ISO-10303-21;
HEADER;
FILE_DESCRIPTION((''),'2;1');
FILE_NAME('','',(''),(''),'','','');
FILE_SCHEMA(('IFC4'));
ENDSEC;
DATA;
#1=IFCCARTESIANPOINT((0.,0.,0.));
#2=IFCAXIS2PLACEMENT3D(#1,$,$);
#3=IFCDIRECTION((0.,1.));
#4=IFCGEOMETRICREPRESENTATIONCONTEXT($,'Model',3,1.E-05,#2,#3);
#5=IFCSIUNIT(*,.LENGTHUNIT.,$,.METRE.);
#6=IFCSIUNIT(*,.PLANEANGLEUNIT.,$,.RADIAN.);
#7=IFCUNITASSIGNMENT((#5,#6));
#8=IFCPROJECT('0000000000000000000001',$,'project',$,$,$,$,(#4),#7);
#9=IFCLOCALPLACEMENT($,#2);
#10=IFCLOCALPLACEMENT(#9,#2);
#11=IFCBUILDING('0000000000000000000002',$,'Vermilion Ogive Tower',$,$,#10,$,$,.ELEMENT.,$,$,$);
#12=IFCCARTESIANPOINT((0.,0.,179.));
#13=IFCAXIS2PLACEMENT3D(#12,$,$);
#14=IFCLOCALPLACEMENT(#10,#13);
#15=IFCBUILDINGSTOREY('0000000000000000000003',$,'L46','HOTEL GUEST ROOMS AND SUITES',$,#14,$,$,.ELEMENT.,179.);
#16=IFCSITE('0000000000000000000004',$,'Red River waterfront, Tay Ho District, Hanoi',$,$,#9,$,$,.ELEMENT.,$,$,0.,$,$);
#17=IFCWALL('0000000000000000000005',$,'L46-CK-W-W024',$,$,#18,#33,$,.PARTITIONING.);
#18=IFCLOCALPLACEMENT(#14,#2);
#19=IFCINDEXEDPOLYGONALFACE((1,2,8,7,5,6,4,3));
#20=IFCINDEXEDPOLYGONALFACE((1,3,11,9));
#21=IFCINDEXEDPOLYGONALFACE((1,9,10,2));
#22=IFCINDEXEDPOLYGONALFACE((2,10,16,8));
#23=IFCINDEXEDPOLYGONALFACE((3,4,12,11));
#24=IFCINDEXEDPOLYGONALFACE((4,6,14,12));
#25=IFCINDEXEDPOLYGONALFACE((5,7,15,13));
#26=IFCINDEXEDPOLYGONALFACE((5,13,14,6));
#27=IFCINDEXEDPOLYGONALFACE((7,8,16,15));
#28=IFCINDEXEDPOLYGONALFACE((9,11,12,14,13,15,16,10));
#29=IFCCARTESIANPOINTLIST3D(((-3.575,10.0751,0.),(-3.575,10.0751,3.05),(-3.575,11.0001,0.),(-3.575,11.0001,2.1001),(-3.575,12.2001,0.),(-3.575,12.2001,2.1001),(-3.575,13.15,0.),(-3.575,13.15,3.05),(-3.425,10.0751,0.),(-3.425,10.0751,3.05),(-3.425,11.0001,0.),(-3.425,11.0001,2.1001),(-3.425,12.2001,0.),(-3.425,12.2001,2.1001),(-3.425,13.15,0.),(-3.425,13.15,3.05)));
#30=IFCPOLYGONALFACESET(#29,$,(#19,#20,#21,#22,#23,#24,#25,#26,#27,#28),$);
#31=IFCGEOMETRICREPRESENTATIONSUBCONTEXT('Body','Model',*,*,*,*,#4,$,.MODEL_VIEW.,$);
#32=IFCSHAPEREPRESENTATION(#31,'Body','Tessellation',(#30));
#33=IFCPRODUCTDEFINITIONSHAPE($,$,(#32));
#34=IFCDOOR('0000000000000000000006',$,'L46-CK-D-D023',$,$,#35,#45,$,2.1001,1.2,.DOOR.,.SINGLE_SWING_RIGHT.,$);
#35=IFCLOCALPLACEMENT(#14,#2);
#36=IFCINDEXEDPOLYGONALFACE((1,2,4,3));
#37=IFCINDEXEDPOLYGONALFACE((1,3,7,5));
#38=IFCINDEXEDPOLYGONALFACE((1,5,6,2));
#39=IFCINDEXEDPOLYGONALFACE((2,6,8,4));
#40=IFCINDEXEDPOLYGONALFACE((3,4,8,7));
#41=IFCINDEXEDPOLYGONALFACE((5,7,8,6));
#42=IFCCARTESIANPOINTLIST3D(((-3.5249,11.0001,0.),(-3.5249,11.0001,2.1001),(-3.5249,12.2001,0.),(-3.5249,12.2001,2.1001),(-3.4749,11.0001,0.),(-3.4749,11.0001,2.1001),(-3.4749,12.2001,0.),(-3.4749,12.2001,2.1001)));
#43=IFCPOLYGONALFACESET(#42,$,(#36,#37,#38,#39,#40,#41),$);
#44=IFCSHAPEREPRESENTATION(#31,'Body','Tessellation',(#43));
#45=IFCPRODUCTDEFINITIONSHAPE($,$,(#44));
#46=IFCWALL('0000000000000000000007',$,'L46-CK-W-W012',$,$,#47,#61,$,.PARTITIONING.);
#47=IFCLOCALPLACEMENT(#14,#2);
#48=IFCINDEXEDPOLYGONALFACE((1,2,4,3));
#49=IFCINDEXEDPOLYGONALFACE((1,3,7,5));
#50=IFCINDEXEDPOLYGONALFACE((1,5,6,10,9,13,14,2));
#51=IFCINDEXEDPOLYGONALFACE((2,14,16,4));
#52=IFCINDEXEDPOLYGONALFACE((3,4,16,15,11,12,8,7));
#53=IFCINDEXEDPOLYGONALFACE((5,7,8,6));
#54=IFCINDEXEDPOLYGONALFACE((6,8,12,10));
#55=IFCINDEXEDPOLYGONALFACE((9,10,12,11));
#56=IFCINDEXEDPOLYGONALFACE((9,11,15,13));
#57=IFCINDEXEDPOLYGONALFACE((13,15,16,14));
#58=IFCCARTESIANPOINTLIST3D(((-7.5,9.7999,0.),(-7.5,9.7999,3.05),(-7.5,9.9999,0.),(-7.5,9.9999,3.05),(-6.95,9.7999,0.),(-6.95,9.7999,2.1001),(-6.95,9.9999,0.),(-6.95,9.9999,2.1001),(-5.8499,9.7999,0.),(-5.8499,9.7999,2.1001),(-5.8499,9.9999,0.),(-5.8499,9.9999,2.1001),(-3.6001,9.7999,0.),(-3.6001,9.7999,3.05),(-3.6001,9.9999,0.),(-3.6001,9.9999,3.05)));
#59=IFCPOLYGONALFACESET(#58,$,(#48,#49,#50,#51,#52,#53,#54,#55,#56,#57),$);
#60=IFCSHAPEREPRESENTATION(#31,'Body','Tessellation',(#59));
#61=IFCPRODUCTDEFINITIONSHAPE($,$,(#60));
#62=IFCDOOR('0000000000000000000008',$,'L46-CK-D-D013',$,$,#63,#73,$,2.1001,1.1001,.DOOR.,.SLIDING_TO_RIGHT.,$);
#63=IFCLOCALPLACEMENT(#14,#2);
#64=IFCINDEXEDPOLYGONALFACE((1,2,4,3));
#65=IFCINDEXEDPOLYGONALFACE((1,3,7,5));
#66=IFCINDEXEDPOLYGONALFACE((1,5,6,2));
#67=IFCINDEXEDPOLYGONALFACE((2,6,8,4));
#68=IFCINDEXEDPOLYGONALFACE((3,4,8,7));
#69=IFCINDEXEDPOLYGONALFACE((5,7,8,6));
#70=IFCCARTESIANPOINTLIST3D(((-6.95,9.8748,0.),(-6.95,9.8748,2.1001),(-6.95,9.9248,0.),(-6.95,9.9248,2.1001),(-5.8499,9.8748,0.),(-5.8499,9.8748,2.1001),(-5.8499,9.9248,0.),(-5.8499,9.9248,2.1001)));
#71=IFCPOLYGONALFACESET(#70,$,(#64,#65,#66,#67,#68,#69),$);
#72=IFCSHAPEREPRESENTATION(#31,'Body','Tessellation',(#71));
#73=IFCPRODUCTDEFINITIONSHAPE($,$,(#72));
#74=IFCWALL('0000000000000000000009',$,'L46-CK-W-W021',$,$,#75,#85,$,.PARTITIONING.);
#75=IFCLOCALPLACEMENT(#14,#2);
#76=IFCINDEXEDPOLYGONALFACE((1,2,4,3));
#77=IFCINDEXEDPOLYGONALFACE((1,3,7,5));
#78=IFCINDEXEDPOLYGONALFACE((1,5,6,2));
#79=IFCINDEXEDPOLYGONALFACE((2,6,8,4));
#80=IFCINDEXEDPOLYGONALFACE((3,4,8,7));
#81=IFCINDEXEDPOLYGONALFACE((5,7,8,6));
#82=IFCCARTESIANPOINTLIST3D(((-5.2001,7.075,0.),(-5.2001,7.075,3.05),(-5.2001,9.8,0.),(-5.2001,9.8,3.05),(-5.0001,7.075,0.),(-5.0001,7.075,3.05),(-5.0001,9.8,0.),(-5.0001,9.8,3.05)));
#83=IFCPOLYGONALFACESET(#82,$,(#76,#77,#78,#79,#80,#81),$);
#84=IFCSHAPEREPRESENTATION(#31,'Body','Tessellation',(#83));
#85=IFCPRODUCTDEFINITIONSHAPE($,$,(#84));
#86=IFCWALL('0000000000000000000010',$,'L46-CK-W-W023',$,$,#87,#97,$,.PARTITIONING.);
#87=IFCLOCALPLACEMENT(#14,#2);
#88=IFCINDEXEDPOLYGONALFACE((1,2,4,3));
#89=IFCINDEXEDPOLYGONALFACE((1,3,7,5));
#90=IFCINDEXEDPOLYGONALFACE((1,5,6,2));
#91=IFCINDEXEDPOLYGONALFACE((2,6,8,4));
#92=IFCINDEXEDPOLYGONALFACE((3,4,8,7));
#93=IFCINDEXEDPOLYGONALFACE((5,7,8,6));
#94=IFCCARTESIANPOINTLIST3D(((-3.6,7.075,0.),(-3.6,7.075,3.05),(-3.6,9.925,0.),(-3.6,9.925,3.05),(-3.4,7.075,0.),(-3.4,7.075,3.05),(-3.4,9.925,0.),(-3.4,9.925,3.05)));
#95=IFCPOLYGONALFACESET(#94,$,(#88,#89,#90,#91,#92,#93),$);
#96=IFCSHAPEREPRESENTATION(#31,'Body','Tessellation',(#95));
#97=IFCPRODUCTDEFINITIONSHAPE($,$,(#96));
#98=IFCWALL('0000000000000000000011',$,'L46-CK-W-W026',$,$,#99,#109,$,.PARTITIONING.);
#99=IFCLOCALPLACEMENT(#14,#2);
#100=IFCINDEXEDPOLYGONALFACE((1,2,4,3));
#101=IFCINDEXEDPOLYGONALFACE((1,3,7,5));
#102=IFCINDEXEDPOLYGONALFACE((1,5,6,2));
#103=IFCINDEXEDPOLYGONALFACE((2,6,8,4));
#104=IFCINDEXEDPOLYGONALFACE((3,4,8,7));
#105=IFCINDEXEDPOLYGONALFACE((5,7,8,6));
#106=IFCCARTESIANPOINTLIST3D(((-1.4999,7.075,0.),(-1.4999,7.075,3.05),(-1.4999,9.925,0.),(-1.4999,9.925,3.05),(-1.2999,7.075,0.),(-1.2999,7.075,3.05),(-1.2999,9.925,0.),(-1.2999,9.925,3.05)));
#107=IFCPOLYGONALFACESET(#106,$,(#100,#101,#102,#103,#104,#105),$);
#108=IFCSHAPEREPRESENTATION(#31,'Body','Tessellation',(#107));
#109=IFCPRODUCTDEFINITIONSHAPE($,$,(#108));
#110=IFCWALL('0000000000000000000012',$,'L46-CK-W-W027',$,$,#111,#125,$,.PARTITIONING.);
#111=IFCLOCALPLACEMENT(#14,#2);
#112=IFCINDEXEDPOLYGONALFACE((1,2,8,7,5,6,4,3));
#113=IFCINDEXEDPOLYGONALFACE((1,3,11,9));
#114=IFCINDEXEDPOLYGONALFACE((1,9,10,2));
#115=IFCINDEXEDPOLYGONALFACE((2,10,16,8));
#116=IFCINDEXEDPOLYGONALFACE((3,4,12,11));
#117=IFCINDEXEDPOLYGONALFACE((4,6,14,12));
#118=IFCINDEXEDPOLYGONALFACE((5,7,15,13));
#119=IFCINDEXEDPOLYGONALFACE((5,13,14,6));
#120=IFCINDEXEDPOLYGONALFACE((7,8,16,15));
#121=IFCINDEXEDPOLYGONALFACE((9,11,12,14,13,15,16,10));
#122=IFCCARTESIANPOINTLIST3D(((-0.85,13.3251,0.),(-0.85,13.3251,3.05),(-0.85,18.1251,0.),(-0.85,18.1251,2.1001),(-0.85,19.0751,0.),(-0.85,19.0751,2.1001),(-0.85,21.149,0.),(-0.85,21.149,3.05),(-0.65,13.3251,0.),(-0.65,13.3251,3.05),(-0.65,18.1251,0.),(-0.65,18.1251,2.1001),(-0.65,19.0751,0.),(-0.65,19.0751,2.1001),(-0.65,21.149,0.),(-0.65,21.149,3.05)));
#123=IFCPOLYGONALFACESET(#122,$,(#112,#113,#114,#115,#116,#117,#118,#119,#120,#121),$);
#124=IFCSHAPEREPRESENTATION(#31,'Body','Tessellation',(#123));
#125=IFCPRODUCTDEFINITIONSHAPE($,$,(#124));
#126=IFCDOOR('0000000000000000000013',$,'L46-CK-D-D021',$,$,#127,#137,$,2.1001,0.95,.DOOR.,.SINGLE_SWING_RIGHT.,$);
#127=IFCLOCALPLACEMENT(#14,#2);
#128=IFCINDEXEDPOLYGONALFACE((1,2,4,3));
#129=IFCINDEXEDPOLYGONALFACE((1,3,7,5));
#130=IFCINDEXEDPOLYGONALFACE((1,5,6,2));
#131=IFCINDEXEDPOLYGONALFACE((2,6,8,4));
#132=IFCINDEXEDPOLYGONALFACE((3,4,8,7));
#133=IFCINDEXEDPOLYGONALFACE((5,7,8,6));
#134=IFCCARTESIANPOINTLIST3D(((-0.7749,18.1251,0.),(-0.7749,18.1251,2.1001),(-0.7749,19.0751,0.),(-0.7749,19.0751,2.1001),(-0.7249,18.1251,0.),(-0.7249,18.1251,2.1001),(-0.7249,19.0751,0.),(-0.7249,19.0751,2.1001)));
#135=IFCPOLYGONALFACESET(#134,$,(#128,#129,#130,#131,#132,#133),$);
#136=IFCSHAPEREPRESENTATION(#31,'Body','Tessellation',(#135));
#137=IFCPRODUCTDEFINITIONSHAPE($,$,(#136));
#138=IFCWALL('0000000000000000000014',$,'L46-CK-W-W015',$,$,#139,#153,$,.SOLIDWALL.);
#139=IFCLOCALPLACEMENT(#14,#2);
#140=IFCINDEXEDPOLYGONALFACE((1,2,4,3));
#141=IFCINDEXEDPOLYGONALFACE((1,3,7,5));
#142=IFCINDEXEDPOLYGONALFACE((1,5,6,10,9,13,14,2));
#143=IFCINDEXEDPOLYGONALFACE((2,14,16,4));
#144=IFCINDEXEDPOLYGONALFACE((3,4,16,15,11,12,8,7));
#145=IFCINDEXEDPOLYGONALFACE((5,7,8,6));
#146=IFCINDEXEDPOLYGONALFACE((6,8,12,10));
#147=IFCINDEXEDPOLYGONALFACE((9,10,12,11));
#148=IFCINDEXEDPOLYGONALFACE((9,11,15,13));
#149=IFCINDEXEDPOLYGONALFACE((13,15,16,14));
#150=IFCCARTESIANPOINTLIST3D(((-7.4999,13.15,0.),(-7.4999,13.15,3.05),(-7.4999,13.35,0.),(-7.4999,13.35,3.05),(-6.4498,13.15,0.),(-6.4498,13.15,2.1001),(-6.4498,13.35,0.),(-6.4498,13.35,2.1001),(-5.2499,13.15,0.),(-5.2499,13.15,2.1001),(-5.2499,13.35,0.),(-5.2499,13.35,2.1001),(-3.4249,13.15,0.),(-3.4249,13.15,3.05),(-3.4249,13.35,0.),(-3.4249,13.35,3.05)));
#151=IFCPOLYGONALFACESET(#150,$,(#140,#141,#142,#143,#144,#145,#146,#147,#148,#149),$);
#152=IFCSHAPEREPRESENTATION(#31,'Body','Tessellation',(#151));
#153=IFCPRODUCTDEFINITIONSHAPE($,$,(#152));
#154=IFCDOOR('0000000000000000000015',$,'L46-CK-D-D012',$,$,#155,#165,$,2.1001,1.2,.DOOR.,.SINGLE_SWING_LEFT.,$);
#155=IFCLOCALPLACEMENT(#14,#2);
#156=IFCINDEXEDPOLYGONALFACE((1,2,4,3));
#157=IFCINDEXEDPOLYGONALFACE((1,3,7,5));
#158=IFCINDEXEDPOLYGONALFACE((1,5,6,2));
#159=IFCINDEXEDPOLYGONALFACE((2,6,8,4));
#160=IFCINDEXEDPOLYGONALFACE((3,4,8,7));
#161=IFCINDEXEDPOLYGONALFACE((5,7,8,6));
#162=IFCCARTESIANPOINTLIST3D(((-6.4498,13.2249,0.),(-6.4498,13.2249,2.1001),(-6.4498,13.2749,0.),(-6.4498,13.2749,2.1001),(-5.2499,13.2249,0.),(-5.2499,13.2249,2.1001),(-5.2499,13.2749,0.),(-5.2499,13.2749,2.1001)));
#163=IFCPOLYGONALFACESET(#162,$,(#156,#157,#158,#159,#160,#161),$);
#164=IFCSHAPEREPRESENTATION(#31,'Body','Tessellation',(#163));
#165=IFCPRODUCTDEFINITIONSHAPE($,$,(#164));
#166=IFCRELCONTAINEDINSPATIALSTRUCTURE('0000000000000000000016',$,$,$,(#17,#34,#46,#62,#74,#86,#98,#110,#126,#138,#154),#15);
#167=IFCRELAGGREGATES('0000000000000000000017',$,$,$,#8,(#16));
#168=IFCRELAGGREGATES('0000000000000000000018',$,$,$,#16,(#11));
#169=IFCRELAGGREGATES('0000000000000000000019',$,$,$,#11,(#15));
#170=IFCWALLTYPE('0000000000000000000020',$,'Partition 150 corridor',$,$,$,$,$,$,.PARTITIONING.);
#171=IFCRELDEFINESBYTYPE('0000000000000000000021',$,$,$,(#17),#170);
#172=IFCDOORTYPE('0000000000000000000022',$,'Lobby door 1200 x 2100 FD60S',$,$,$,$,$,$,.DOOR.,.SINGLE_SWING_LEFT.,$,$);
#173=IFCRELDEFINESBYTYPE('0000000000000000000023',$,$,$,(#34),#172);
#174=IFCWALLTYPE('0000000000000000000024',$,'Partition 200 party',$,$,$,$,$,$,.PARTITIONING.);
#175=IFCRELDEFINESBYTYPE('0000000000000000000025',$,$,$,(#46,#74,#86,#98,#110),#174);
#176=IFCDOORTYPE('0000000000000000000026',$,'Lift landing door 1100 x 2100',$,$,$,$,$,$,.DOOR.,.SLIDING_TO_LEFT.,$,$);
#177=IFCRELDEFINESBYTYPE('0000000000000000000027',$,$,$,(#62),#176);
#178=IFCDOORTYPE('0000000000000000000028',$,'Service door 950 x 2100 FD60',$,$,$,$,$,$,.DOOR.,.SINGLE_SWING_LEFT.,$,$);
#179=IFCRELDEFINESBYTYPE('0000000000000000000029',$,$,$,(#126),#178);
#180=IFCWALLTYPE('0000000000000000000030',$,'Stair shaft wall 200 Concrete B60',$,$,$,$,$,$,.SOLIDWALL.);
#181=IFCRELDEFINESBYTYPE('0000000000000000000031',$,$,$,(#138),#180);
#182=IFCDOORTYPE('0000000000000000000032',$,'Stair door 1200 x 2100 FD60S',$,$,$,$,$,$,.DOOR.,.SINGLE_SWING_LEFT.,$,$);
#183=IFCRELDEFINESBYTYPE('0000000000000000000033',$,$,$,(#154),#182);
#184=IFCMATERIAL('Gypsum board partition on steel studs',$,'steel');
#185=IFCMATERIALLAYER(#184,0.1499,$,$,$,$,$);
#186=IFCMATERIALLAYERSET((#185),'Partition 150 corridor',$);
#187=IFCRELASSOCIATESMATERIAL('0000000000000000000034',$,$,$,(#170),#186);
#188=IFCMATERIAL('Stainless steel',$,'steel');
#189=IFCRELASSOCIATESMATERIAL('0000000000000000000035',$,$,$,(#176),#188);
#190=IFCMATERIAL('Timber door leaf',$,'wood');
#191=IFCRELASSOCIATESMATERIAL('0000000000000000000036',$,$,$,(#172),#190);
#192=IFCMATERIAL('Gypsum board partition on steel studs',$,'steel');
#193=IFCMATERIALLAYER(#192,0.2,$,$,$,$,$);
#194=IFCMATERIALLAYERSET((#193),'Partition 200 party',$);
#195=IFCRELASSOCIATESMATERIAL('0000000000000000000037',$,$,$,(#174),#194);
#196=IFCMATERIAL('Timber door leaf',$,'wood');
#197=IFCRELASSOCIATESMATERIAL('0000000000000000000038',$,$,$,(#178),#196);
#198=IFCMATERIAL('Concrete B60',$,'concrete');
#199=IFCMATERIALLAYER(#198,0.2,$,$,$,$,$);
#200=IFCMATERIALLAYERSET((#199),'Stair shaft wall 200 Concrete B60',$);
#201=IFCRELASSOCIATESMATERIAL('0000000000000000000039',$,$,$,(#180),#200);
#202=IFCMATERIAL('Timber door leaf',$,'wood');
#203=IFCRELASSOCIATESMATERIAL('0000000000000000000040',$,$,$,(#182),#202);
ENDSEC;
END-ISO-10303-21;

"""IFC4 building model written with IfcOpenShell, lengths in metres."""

from ifc_helpers import new_model, si_unit, direction, frame, frame_2d, origin, place, context, subcontext, project, spatial, rectangle, extrude, material, layer, layer_set, type_object, element, fill, save


model = new_model("IFC4")

# Units and contexts
model_context = context("Model", 3, precision=1e-05, world=origin(), true_north=direction((0.0, 1.0)))
body_context = subcontext(model_context, "Body", "Model", "MODEL_VIEW")
ifc_project = project(units=[si_unit("LENGTHUNIT", "METRE"), si_unit("PLANEANGLEUNIT", "RADIAN")], contexts=[model_context])

# Site, building, storey
site_placement = place(None, origin())
site = spatial("IfcSite", under=ifc_project, at=site_placement, Name="Red River waterfront, Tay Ho District, Hanoi", CompositionType="ELEMENT", RefElevation=0.0)
building_placement = place(site_placement, origin())
building = spatial("IfcBuilding", under=site, at=building_placement, Name="Vermilion Ogive Tower", CompositionType="ELEMENT")
storey_placement = place(building_placement, frame((0.0, 0.0, 179.0)))
storey = spatial("IfcBuildingStorey", under=building, at=storey_placement, Name="L46", Description="HOTEL GUEST ROOMS AND SUITES", CompositionType="ELEMENT", Elevation=179.0)

# Shared definitions
ifc_material_1 = material(Name="Gypsum board partition on steel studs", Category="steel")
ifc_layer_1 = layer(ifc_material_1, 0.1499)
ifc_layer_set_1 = layer_set([ifc_layer_1], Name="Partition 150 corridor")
wall_type_1 = type_object("IfcWallType", Name="Partition 150 corridor", PredefinedType="PARTITIONING", material=ifc_layer_set_1)

# Shared definitions
ifc_material_2 = material(Name="Stainless steel", Category="steel")
door_type_1 = type_object("IfcDoorType", Name="Lift landing door 1100 x 2100", OperationType="SLIDING_TO_LEFT", PredefinedType="DOOR", material=ifc_material_2)

# Walls, openings, doors
wall_1_placement = place(storey_placement, frame((-3.5, 10.075, 0.0), z_axis=(0.0, 0.0, 1.0), x_axis=(0.0, 1.0, 0.0)))
wall_1 = element("IfcWall", 1, at=wall_1_placement, inside=storey, type_object=wall_type_1, Name="L46-CK-W-W024", PredefinedType="PARTITIONING", context=body_context, shape_type="SweptSolid", body=[
    extrude(rectangle(XDim=3.075, YDim=0.1499, at=frame_2d((1.5376, 0.0))), origin(), (0.0, 0.0, 1.0), 3.05),
])
opening_1_placement = place(wall_1_placement, frame((0.925, 0.0, 0.0)))
opening_1 = element("IfcOpeningElement", 2, at=opening_1_placement, cuts=wall_1, PredefinedType="OPENING", context=body_context, shape_type="SweptSolid", body=[
    extrude(rectangle(XDim=1.2, YDim=2.1001, at=frame_2d((0.6001, 1.05))), frame((0.0, 0.085, 0.0), z_axis=(0.0, -1.0, 0.0), x_axis=(1.0, 0.0, 0.0)), (0.0, 0.0, 1.0), 0.1699),
])
ifc_material_3 = material(Name="Timber door leaf", Category="wood")
door_type_2 = type_object("IfcDoorType", Name="Lobby door 1200 x 2100 FD60S", OperationType="SINGLE_SWING_LEFT", PredefinedType="DOOR", material=ifc_material_3)
door_1_placement = place(opening_1_placement, origin())
door_1 = element("IfcDoor", 3, at=door_1_placement, inside=storey, type_object=door_type_2, Name="L46-CK-D-D023", OperationType="SINGLE_SWING_RIGHT", OverallHeight=2.1001, OverallWidth=1.2, PredefinedType="DOOR", context=body_context, shape_type="SweptSolid", body=[
    extrude(rectangle(XDim=1.2, YDim=2.1001, at=frame_2d((0.6001, 1.05))), frame((0.0, 0.0249, 0.0), z_axis=(0.0, -1.0, 0.0), x_axis=(1.0, 0.0, 0.0)), (0.0, 0.0, 1.0), 0.05),
])
fill(opening_1, door_1)
ifc_material_4 = material(Name="Gypsum board partition on steel studs", Category="steel")
ifc_layer_2 = layer(ifc_material_4, 0.2)
ifc_layer_set_2 = layer_set([ifc_layer_2], Name="Partition 200 party")
wall_type_2 = type_object("IfcWallType", Name="Partition 200 party", PredefinedType="PARTITIONING", material=ifc_layer_set_2)
wall_2_placement = place(storey_placement, frame((-7.5, 9.8999, 0.0), z_axis=(0.0, 0.0, 1.0), x_axis=(1.0, 0.0, 0.0)))
wall_2 = element("IfcWall", 4, at=wall_2_placement, inside=storey, type_object=wall_type_2, Name="L46-CK-W-W012", PredefinedType="PARTITIONING", context=body_context, shape_type="SweptSolid", body=[
    extrude(rectangle(XDim=3.8999, YDim=0.2, at=frame_2d((1.95, 0.0))), origin(), (0.0, 0.0, 1.0), 3.05),
])
opening_2_placement = place(wall_2_placement, frame((0.55, 0.0, 0.0)))
opening_2 = element("IfcOpeningElement", 5, at=opening_2_placement, cuts=wall_2, PredefinedType="OPENING", context=body_context, shape_type="SweptSolid", body=[
    extrude(rectangle(XDim=1.1001, YDim=2.1001, at=frame_2d((0.55, 1.05))), frame((0.0, 0.1099, 0.0), z_axis=(0.0, -1.0, 0.0), x_axis=(1.0, 0.0, 0.0)), (0.0, 0.0, 1.0), 0.22),
])
door_2_placement = place(opening_2_placement, origin())
door_2 = element("IfcDoor", 6, at=door_2_placement, inside=storey, type_object=door_type_1, Name="L46-CK-D-D013", OperationType="SLIDING_TO_RIGHT", OverallHeight=2.1001, OverallWidth=1.1001, PredefinedType="DOOR", context=body_context, shape_type="SweptSolid", body=[
    extrude(rectangle(XDim=1.1001, YDim=2.1001, at=frame_2d((0.55, 1.05))), frame((0.0, 0.0249, 0.0), z_axis=(0.0, -1.0, 0.0), x_axis=(1.0, 0.0, 0.0)), (0.0, 0.0, 1.0), 0.05),
])
fill(opening_2, door_2)

# Walls
wall_3_placement = place(storey_placement, frame((-5.1001, 7.075, 0.0), z_axis=(0.0, 0.0, 1.0), x_axis=(0.0, 1.0, 0.0)))
element("IfcWall", 7, at=wall_3_placement, inside=storey, type_object=wall_type_2, Name="L46-CK-W-W021", PredefinedType="PARTITIONING", context=body_context, shape_type="SweptSolid", body=[
    extrude(rectangle(XDim=2.7251, YDim=0.2, at=frame_2d((1.3625, 0.0))), origin(), (0.0, 0.0, 1.0), 3.05),
])
for number, where, z_axis, x_axis, name in (
    (8, (-3.5, 7.075, 0.0), (0.0, 0.0, 1.0), (0.0, 1.0, 0.0), "L46-CK-W-W023"),
    (9, (-1.3999, 7.075, 0.0), (0.0, 0.0, 1.0), (0.0, 1.0, 0.0), "L46-CK-W-W026"),
):
    element("IfcWall", number, at=place(storey_placement, frame(where, z_axis=z_axis, x_axis=x_axis)), inside=storey, type_object=wall_type_2, Name=name, PredefinedType="PARTITIONING", context=body_context, shape_type="SweptSolid", body=[
        extrude(rectangle(XDim=2.8501, YDim=0.2, at=frame_2d((1.425, 0.0))), origin(), (0.0, 0.0, 1.0), 3.05),
    ])

# Walls, openings, doors
wall_4_placement = place(storey_placement, frame((-0.75, 13.325, 0.0), z_axis=(0.0, 0.0, 1.0), x_axis=(0.0, 1.0, 0.0)))
wall_4 = element("IfcWall", 10, at=wall_4_placement, inside=storey, type_object=wall_type_2, Name="L46-CK-W-W027", PredefinedType="PARTITIONING", context=body_context, shape_type="SweptSolid", body=[
    extrude(rectangle(XDim=7.824, YDim=0.2, at=frame_2d((3.9121, 0.0))), origin(), (0.0, 0.0, 1.0), 3.05),
])
opening_3_placement = place(wall_4_placement, frame((4.8, 0.0, 0.0)))
opening_3 = element("IfcOpeningElement", 11, at=opening_3_placement, cuts=wall_4, PredefinedType="OPENING", context=body_context, shape_type="SweptSolid", body=[
    extrude(rectangle(XDim=0.95, YDim=2.1001, at=frame_2d((0.4751, 1.05))), frame((0.0, 0.1099, 0.0), z_axis=(0.0, -1.0, 0.0), x_axis=(1.0, 0.0, 0.0)), (0.0, 0.0, 1.0), 0.22),
])
ifc_material_5 = material(Name="Timber door leaf", Category="wood")
door_type_3 = type_object("IfcDoorType", Name="Service door 950 x 2100 FD60", OperationType="SINGLE_SWING_LEFT", PredefinedType="DOOR", material=ifc_material_5)
door_3_placement = place(opening_3_placement, origin())
door_3 = element("IfcDoor", 12, at=door_3_placement, inside=storey, type_object=door_type_3, Name="L46-CK-D-D021", OperationType="SINGLE_SWING_RIGHT", OverallHeight=2.1001, OverallWidth=0.95, PredefinedType="DOOR", context=body_context, shape_type="SweptSolid", body=[
    extrude(rectangle(XDim=0.95, YDim=2.1001, at=frame_2d((0.4751, 1.05))), frame((0.0, 0.0249, 0.0), z_axis=(0.0, -1.0, 0.0), x_axis=(1.0, 0.0, 0.0)), (0.0, 0.0, 1.0), 0.05),
])
fill(opening_3, door_3)
ifc_material_6 = material(Name="Concrete B60", Category="concrete")
ifc_layer_3 = layer(ifc_material_6, 0.2)
ifc_layer_set_3 = layer_set([ifc_layer_3], Name="Stair shaft wall 200 Concrete B60")
wall_type_3 = type_object("IfcWallType", Name="Stair shaft wall 200 Concrete B60", PredefinedType="SOLIDWALL", material=ifc_layer_set_3)
wall_5_placement = place(storey_placement, frame((-7.5, 13.25, 0.0), z_axis=(0.0, 0.0, 1.0), x_axis=(1.0, 0.0, 0.0)))
wall_5 = element("IfcWall", 13, at=wall_5_placement, inside=storey, type_object=wall_type_3, Name="L46-CK-W-W015", PredefinedType="SOLIDWALL", context=body_context, shape_type="SweptSolid", body=[
    extrude(rectangle(XDim=4.075, YDim=0.2, at=frame_2d((2.0376, 0.0))), origin(), (0.0, 0.0, 1.0), 3.05),
])
opening_4_placement = place(wall_5_placement, frame((1.05, 0.0, 0.0)))
opening_4 = element("IfcOpeningElement", 14, at=opening_4_placement, cuts=wall_5, PredefinedType="OPENING", context=body_context, shape_type="SweptSolid", body=[
    extrude(rectangle(XDim=1.2, YDim=2.1001, at=frame_2d((0.6001, 1.05))), frame((0.0, 0.1099, 0.0), z_axis=(0.0, -1.0, 0.0), x_axis=(1.0, 0.0, 0.0)), (0.0, 0.0, 1.0), 0.22),
])
ifc_material_7 = material(Name="Timber door leaf", Category="wood")
door_type_4 = type_object("IfcDoorType", Name="Stair door 1200 x 2100 FD60S", OperationType="SINGLE_SWING_LEFT", PredefinedType="DOOR", material=ifc_material_7)
door_4_placement = place(opening_4_placement, origin())
door_4 = element("IfcDoor", 15, at=door_4_placement, inside=storey, type_object=door_type_4, Name="L46-CK-D-D012", OperationType="SINGLE_SWING_LEFT", OverallHeight=2.1001, OverallWidth=1.2, PredefinedType="DOOR", context=body_context, shape_type="SweptSolid", body=[
    extrude(rectangle(XDim=1.2, YDim=2.1001, at=frame_2d((0.6001, 1.05))), frame((0.0, 0.0249, 0.0), z_axis=(0.0, -1.0, 0.0), x_axis=(1.0, 0.0, 0.0)), (0.0, 0.0, 1.0), 0.05),
])
fill(opening_4, door_4)

save(model, "model.ifc")
